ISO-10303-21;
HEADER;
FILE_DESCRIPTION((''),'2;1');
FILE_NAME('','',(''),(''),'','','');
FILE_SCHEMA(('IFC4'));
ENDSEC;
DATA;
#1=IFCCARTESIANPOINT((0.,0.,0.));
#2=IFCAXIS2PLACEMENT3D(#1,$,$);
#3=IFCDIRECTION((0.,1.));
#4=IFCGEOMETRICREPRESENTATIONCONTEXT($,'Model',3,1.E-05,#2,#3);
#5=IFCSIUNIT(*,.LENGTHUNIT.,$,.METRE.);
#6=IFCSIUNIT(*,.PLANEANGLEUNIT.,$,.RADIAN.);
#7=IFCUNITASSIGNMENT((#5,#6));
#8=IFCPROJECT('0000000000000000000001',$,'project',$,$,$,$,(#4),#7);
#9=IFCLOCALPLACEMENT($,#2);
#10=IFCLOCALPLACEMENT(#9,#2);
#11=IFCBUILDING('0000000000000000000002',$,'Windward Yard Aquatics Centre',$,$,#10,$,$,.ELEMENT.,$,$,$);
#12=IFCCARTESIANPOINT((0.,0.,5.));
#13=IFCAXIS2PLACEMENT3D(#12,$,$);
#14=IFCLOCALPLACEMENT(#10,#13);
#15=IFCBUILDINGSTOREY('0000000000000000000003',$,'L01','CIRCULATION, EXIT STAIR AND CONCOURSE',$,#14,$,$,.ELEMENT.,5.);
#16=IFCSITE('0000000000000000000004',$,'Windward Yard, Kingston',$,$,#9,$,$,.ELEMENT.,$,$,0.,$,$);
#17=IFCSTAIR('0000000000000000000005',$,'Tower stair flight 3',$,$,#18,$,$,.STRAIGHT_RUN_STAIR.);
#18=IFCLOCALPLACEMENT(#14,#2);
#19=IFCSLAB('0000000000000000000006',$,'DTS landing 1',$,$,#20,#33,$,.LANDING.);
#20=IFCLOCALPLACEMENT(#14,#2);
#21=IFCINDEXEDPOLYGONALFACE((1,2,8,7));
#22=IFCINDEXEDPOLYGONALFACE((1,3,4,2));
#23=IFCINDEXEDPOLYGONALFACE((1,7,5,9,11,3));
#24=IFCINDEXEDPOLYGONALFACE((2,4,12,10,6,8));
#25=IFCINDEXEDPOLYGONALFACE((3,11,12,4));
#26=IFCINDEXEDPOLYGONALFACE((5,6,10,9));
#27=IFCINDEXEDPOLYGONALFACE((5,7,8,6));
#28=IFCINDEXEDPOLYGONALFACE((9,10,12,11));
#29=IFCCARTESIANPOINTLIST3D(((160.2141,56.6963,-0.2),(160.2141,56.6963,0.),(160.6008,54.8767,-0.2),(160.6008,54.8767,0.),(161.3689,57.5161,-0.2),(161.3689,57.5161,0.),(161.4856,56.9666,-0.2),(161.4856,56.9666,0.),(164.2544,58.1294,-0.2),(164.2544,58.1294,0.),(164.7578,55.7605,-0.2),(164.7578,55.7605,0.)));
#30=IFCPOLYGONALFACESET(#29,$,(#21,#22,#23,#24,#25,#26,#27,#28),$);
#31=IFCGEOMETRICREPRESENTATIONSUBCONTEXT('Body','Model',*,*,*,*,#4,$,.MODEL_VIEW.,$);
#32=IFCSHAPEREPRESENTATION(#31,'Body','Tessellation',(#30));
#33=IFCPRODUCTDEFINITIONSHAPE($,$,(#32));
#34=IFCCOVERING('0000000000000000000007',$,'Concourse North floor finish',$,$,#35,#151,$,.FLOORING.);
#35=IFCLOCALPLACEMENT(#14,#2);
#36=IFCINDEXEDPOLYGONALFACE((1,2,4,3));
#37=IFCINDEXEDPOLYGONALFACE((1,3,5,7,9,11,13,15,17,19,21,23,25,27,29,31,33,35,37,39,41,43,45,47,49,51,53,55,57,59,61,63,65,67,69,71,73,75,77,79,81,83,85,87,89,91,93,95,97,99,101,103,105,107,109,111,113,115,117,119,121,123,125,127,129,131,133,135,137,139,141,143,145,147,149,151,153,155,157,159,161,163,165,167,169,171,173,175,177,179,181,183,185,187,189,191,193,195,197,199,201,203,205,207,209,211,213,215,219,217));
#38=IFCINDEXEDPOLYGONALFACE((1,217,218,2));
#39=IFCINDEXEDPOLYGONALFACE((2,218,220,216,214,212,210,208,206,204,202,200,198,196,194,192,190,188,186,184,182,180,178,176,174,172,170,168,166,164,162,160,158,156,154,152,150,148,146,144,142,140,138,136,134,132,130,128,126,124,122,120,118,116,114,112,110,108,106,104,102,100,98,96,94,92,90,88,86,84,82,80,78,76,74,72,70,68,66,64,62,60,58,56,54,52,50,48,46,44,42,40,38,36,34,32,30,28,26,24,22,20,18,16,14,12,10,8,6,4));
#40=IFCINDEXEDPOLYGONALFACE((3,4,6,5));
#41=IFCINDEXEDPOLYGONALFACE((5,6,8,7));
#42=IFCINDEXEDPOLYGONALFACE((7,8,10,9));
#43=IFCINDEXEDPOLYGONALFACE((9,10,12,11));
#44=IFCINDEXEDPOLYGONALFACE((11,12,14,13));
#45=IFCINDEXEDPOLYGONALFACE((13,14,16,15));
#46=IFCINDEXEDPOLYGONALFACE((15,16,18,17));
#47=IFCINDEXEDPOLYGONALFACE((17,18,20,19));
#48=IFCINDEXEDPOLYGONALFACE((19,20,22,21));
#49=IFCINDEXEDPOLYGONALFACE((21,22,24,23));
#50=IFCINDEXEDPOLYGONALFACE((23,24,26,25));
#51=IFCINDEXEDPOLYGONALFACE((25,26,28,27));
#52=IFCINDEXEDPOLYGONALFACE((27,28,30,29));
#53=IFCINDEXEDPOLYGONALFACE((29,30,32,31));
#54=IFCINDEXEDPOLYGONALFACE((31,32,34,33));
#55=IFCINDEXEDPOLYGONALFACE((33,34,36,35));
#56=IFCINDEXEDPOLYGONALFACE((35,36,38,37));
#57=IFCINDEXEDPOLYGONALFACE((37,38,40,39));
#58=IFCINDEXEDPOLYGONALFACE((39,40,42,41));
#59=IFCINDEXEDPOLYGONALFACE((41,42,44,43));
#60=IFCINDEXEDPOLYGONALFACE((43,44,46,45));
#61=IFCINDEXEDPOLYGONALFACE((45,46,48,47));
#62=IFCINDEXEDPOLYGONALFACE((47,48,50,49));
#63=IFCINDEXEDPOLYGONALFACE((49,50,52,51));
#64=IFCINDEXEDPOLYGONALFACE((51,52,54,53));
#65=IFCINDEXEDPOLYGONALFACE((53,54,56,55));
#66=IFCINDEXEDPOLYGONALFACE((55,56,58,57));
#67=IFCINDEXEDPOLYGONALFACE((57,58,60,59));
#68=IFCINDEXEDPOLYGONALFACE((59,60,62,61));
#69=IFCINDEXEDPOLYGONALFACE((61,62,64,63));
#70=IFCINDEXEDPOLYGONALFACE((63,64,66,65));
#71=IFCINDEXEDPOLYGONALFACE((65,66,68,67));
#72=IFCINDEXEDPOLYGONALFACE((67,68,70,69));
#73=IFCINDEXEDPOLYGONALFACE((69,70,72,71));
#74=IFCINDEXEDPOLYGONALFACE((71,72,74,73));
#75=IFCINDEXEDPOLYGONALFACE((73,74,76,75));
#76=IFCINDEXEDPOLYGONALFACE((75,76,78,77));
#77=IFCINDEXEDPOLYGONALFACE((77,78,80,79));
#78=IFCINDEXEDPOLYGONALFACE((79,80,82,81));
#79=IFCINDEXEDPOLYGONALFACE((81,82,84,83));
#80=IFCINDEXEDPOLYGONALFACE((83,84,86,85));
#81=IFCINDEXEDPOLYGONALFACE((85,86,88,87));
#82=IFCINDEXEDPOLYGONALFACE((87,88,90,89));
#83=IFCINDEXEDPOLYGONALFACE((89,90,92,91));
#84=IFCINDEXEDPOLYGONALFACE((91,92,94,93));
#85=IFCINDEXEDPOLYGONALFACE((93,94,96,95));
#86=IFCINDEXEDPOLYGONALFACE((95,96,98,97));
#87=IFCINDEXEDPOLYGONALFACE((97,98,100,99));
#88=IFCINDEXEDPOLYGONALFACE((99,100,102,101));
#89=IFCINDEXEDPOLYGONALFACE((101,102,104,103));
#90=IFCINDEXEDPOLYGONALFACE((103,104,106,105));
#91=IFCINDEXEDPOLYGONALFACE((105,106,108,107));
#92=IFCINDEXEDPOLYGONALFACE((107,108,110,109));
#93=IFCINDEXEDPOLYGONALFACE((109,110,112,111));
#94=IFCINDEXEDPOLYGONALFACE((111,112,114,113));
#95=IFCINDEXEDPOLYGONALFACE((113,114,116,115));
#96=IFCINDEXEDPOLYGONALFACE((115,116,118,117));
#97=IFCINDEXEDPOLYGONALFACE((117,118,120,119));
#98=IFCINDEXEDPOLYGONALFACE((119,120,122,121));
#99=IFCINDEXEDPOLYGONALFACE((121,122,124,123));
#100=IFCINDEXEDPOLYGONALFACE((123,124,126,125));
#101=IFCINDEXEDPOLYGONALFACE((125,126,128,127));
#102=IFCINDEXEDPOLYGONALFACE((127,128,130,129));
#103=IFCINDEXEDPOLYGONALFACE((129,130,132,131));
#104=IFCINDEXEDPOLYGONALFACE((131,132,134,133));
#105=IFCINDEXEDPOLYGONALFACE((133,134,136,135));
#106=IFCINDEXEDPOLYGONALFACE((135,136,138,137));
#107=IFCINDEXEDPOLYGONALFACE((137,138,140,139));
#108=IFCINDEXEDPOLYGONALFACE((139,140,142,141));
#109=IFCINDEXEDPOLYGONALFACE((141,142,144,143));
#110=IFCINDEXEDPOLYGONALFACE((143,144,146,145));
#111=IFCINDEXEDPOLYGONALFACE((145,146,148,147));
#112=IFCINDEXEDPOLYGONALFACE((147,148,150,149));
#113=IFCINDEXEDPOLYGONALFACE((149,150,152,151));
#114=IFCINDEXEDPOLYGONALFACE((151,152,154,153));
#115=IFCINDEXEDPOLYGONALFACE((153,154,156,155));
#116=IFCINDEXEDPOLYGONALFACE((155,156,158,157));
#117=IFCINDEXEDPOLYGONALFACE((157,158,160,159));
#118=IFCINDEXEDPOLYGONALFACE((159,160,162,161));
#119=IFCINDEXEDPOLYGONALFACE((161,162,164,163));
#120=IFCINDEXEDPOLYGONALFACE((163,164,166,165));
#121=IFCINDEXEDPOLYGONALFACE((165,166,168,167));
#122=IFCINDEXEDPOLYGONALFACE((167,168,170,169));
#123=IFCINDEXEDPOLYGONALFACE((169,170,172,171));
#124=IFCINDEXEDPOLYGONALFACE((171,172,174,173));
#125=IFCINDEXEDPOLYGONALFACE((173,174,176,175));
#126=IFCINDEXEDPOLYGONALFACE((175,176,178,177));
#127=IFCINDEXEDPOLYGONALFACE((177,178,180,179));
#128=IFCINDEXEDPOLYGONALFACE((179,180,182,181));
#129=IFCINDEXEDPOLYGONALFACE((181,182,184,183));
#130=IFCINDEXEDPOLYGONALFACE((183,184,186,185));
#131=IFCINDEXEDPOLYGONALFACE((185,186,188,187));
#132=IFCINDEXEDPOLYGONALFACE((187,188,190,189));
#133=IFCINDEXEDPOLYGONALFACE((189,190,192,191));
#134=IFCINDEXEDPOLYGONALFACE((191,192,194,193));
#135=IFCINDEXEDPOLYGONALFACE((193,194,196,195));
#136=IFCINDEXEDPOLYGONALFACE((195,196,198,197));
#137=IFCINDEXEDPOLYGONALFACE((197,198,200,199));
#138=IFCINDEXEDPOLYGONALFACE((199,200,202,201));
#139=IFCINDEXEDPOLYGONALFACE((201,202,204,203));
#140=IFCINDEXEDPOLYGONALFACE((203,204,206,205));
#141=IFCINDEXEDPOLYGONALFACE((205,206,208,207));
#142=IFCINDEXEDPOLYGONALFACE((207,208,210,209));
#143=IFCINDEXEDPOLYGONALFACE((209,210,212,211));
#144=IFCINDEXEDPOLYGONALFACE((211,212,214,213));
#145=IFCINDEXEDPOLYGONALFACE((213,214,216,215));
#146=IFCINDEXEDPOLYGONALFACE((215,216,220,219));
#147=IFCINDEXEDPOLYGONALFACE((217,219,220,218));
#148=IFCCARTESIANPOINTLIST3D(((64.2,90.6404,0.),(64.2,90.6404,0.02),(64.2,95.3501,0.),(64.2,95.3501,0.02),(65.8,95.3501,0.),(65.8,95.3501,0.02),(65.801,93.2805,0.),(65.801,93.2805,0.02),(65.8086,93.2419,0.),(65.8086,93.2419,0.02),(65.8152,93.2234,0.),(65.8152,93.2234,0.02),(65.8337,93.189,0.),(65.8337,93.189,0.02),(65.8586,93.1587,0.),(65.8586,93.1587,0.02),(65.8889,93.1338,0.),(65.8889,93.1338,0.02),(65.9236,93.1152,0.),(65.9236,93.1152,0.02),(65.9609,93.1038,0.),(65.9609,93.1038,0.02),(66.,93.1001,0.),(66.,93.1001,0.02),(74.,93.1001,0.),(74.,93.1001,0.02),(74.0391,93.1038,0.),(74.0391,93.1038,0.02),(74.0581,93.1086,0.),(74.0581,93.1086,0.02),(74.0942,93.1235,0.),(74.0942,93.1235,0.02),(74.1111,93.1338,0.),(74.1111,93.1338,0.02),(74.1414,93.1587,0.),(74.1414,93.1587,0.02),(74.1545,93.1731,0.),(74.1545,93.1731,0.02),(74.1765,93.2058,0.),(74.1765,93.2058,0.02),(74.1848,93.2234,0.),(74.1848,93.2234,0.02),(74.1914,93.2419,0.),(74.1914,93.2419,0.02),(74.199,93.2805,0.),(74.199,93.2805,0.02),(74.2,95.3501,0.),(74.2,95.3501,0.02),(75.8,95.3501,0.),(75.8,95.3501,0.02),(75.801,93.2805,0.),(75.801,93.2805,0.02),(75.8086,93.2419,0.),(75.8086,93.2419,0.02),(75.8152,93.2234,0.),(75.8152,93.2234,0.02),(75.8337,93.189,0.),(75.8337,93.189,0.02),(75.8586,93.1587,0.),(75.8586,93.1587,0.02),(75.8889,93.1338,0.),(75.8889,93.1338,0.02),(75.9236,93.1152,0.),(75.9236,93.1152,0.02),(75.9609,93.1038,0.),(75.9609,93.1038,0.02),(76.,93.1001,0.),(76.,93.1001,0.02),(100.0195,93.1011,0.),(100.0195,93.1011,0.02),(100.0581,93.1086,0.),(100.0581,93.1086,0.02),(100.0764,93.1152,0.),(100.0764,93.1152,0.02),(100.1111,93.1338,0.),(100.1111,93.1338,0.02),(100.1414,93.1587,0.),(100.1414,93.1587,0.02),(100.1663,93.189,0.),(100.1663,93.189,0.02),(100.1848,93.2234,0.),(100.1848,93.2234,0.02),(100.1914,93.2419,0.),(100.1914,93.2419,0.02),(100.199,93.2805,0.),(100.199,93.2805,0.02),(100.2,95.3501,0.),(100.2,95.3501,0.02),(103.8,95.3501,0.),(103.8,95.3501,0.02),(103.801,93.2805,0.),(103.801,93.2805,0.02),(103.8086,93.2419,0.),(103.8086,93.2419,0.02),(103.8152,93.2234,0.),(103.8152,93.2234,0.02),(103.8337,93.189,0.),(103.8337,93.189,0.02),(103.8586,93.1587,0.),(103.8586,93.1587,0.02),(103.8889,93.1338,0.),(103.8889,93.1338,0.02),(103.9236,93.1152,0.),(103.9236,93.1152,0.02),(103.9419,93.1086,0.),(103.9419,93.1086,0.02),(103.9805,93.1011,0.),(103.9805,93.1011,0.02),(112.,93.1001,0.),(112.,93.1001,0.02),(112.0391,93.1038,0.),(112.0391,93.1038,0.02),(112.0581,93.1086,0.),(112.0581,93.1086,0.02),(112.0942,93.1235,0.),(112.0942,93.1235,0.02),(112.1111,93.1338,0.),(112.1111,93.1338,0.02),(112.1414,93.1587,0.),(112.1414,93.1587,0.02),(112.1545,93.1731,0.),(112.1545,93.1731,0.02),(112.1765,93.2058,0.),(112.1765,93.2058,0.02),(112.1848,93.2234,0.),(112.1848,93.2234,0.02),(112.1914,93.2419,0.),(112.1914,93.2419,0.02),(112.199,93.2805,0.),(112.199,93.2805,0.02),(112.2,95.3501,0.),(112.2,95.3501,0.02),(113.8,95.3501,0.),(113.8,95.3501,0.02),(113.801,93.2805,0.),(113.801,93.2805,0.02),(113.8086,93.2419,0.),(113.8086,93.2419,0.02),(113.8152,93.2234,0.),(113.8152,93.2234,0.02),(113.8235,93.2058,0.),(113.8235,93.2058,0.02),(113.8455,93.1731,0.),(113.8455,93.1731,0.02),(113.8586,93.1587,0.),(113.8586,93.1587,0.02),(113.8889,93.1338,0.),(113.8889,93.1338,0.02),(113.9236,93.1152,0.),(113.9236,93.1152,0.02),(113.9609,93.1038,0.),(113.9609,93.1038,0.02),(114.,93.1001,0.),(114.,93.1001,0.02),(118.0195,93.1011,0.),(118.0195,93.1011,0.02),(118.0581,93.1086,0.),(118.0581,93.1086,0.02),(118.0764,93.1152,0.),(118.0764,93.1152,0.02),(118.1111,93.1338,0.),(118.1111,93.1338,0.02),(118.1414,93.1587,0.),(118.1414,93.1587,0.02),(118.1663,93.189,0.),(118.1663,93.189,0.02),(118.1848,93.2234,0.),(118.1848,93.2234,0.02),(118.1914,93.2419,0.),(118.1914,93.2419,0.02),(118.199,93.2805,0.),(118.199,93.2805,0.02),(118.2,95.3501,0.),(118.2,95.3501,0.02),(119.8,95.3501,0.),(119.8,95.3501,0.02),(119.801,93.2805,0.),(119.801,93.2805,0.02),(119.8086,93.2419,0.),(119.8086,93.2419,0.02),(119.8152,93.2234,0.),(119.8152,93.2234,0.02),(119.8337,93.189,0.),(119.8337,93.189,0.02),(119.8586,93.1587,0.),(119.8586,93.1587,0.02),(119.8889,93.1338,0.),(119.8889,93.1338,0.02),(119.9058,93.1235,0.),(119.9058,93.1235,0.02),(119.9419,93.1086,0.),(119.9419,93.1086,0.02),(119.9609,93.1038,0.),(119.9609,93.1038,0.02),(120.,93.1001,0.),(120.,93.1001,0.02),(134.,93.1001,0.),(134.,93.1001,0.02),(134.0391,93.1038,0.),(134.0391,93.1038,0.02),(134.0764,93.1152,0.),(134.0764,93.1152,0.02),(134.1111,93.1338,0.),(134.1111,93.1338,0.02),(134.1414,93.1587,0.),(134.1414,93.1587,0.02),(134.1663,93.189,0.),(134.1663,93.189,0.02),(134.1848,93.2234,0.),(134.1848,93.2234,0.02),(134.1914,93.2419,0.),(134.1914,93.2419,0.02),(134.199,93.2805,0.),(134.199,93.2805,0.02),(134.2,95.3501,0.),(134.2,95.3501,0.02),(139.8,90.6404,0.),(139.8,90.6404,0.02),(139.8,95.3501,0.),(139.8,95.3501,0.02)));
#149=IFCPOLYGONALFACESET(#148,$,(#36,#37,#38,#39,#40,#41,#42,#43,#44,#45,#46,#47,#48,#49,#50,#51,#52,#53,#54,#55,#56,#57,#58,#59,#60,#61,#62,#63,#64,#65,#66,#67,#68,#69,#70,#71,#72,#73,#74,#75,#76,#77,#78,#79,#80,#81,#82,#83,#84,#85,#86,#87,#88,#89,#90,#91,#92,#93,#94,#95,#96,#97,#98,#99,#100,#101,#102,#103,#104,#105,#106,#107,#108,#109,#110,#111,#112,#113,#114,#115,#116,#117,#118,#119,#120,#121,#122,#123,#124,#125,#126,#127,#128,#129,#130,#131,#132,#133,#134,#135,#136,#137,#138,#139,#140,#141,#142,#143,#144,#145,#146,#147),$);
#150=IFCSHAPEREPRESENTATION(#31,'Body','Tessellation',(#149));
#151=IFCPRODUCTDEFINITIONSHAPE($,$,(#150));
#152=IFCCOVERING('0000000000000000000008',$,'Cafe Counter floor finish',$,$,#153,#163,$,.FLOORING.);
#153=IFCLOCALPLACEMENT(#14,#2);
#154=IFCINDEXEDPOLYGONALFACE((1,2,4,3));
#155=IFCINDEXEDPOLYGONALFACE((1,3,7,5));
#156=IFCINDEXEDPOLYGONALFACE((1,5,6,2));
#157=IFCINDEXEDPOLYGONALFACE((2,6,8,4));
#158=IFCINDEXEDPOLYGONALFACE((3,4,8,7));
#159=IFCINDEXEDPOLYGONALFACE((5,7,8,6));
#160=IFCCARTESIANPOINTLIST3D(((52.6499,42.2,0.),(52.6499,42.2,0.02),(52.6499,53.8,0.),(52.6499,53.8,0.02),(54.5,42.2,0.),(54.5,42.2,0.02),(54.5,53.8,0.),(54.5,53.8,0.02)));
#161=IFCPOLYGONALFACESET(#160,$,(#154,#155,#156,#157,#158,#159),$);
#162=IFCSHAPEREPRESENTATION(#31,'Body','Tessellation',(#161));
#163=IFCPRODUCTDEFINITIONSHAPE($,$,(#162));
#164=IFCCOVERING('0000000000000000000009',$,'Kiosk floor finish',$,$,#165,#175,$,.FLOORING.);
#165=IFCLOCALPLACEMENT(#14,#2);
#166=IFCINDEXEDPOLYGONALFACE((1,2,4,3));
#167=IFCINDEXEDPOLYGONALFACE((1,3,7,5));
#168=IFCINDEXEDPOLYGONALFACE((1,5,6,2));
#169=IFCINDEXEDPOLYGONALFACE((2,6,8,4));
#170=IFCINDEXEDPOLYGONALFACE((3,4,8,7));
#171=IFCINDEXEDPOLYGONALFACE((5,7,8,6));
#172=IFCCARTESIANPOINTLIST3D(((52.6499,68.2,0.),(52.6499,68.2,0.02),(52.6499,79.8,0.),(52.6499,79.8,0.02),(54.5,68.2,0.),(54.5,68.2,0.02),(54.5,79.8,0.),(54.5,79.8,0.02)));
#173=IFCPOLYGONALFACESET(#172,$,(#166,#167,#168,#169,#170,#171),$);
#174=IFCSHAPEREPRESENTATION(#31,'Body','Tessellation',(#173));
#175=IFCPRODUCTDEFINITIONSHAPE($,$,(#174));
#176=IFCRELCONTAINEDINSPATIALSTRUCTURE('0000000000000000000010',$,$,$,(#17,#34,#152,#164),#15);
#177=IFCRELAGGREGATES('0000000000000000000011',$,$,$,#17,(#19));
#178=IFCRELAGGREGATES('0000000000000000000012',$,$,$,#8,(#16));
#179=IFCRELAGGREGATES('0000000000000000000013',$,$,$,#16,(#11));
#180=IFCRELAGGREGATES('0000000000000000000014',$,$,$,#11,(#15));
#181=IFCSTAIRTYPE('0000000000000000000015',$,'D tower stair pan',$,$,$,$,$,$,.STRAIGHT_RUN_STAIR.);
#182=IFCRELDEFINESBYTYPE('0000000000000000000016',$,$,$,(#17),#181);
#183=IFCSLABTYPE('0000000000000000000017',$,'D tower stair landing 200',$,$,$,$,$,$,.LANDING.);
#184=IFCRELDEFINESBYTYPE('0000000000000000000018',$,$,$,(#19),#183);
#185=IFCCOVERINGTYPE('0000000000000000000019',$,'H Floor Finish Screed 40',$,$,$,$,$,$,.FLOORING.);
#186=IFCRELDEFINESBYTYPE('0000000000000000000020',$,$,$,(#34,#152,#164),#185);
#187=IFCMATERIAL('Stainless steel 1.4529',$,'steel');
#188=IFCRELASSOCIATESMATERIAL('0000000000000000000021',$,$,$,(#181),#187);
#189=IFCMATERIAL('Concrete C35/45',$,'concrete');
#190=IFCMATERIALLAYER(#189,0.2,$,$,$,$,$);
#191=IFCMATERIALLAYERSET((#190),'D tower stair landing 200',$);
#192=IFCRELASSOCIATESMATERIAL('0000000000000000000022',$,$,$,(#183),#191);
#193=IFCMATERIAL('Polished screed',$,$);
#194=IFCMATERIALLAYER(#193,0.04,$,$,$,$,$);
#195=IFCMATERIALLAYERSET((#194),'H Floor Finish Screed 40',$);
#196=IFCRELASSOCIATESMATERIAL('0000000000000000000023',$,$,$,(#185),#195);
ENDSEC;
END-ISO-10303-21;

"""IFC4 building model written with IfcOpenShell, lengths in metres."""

from ifc_helpers import new_model, si_unit, direction, frame, origin, place, context, subcontext, project, spatial, polyline, outline, extrude, material, layer, layer_set, type_object, element, aggregate, save


model = new_model("IFC4")

# Units and contexts
model_context = context("Model", 3, precision=1e-05, world=origin(), true_north=direction((0.0, 1.0)))
body_context = subcontext(model_context, "Body", "Model", "MODEL_VIEW")
ifc_project = project(units=[si_unit("LENGTHUNIT", "METRE"), si_unit("PLANEANGLEUNIT", "RADIAN")], contexts=[model_context])

# Site, building, storey
site_placement = place(None, origin())
site = spatial("IfcSite", under=ifc_project, at=site_placement, Name="Windward Yard, Kingston", CompositionType="ELEMENT", RefElevation=0.0)
building_placement = place(site_placement, origin())
building = spatial("IfcBuilding", under=site, at=building_placement, Name="Windward Yard Aquatics Centre", CompositionType="ELEMENT")
storey_placement = place(building_placement, frame((0.0, 0.0, 5.0)))
storey = spatial("IfcBuildingStorey", under=building, at=storey_placement, Name="L01", Description="CIRCULATION, EXIT STAIR AND CONCOURSE", CompositionType="ELEMENT", Elevation=5.0)

# Stair, slab
ifc_material_1 = material(Name="Stainless steel 1.4529", Category="steel")
stair_type = type_object("IfcStairType", Name="D tower stair pan", PredefinedType="STRAIGHT_RUN_STAIR", material=ifc_material_1)
stair_placement = place(storey_placement, origin())
stair = element("IfcStair", 1, at=stair_placement, inside=storey, type_object=stair_type, Name="Tower stair flight 3", PredefinedType="STRAIGHT_RUN_STAIR")
ifc_material_2 = material(Name="Concrete C35/45", Category="concrete")
ifc_layer_1 = layer(ifc_material_2, 0.2)
ifc_layer_set_1 = layer_set([ifc_layer_1], Name="D tower stair landing 200")
slab_type = type_object("IfcSlabType", Name="D tower stair landing 200", PredefinedType="LANDING", material=ifc_layer_set_1)
placement = place(building_placement, origin())
slab_placement = place(placement, frame((0.0, 0.0, 4.8)))
slab = element("IfcSlab", 2, at=slab_placement, type_object=slab_type, Name="DTS landing 1", PredefinedType="LANDING", context=body_context, shape_type="SweptSolid", body=[
    extrude(outline(polyline([(160.2141, 56.6963), (160.6008, 54.8767), (164.7578, 55.7605), (164.2544, 58.1294), (161.3689, 57.5161), (161.4856, 56.9666), (160.2141, 56.6963)])), origin(), (0.0, 0.0, 1.0), 0.2),
])
aggregate(stair, [slab])

# Coverings
ifc_material_3 = material(Name="Polished screed")
ifc_layer_2 = layer(ifc_material_3, 0.04)
ifc_layer_set_2 = layer_set([ifc_layer_2], Name="H Floor Finish Screed 40")
covering_type_1 = type_object("IfcCoveringType", Name="H Floor Finish Screed 40", PredefinedType="FLOORING", material=ifc_layer_set_2)
covering_1_placement = place(storey_placement, origin())
element("IfcCovering", 3, at=covering_1_placement, inside=storey, type_object=covering_type_1, Name="Concourse North floor finish", PredefinedType="FLOORING", context=body_context, shape_type="SweptSolid", body=[
    extrude(outline(polyline([(64.2, 90.6404), (64.2, 95.3501), (65.8, 95.3501), (65.801, 93.2805), (65.8086, 93.2419), (65.8152, 93.2234), (65.8337, 93.189), (65.8586, 93.1587), (65.8889, 93.1338), (65.9236, 93.1152), (65.9609, 93.1038), (66.0, 93.1001), (74.0, 93.1001), (74.0391, 93.1038), (74.0581, 93.1086), (74.0942, 93.1235), (74.1111, 93.1338), (74.1414, 93.1587), (74.1545, 93.1731), (74.1765, 93.2058), (74.1848, 93.2234), (74.1914, 93.2419), (74.199, 93.2805), (74.2, 95.3501), (75.8, 95.3501), (75.801, 93.2805), (75.8086, 93.2419), (75.8152, 93.2234), (75.8337, 93.189), (75.8586, 93.1587), (75.8889, 93.1338), (75.9236, 93.1152), (75.9609, 93.1038), (76.0, 93.1001), (100.0195, 93.1011), (100.0581, 93.1086), (100.0764, 93.1152), (100.1111, 93.1338), (100.1414, 93.1587), (100.1663, 93.189), (100.1848, 93.2234), (100.1914, 93.2419), (100.199, 93.2805), (100.2, 95.3501), (103.8, 95.3501), (103.801, 93.2805), (103.8086, 93.2419), (103.8152, 93.2234), (103.8337, 93.189), (103.8586, 93.1587), (103.8889, 93.1338), (103.9236, 93.1152), (103.9419, 93.1086), (103.9805, 93.1011), (112.0, 93.1001), (112.0391, 93.1038), (112.0581, 93.1086), (112.0942, 93.1235), (112.1111, 93.1338), (112.1414, 93.1587), (112.1545, 93.1731), (112.1765, 93.2058), (112.1848, 93.2234), (112.1914, 93.2419), (112.199, 93.2805), (112.2, 95.3501), (113.8, 95.3501), (113.801, 93.2805), (113.8086, 93.2419), (113.8152, 93.2234), (113.8235, 93.2058), (113.8455, 93.1731), (113.8586, 93.1587), (113.8889, 93.1338), (113.9236, 93.1152), (113.9609, 93.1038), (114.0, 93.1001), (118.0195, 93.1011), (118.0581, 93.1086), (118.0764, 93.1152), (118.1111, 93.1338), (118.1414, 93.1587), (118.1663, 93.189), (118.1848, 93.2234), (118.1914, 93.2419), (118.199, 93.2805), (118.2, 95.3501), (119.8, 95.3501), (119.801, 93.2805), (119.8086, 93.2419), (119.8152, 93.2234), (119.8337, 93.189), (119.8586, 93.1587), (119.8889, 93.1338), (119.9058, 93.1235), (119.9419, 93.1086), (119.9609, 93.1038), (120.0, 93.1001), (134.0, 93.1001), (134.0391, 93.1038), (134.0764, 93.1152), (134.1111, 93.1338), (134.1414, 93.1587), (134.1663, 93.189), (134.1848, 93.2234), (134.1914, 93.2419), (134.199, 93.2805), (134.2, 95.3501), (139.8, 95.3501), (139.8, 90.6404), (64.2, 90.6404)])), origin(), (0.0, 0.0, 1.0), 0.02),
])
covering_2_placement = place(storey_placement, origin())
element("IfcCovering", 4, at=covering_2_placement, inside=storey, type_object=covering_type_1, Name="Cafe Counter floor finish", PredefinedType="FLOORING", context=body_context, shape_type="SweptSolid", body=[
    extrude(outline(polyline([(52.6499, 42.2), (52.6499, 53.8), (54.5, 53.8), (54.5, 42.2), (52.6499, 42.2)])), origin(), (0.0, 0.0, 1.0), 0.02),
])
covering_3_placement = place(storey_placement, origin())
element("IfcCovering", 5, at=covering_3_placement, inside=storey, type_object=covering_type_1, Name="Kiosk floor finish", PredefinedType="FLOORING", context=body_context, shape_type="SweptSolid", body=[
    extrude(outline(polyline([(52.6499, 68.2), (52.6499, 79.8), (54.5, 79.8), (54.5, 68.2), (52.6499, 68.2)])), origin(), (0.0, 0.0, 1.0), 0.02),
])

save(model, "model.ifc")
